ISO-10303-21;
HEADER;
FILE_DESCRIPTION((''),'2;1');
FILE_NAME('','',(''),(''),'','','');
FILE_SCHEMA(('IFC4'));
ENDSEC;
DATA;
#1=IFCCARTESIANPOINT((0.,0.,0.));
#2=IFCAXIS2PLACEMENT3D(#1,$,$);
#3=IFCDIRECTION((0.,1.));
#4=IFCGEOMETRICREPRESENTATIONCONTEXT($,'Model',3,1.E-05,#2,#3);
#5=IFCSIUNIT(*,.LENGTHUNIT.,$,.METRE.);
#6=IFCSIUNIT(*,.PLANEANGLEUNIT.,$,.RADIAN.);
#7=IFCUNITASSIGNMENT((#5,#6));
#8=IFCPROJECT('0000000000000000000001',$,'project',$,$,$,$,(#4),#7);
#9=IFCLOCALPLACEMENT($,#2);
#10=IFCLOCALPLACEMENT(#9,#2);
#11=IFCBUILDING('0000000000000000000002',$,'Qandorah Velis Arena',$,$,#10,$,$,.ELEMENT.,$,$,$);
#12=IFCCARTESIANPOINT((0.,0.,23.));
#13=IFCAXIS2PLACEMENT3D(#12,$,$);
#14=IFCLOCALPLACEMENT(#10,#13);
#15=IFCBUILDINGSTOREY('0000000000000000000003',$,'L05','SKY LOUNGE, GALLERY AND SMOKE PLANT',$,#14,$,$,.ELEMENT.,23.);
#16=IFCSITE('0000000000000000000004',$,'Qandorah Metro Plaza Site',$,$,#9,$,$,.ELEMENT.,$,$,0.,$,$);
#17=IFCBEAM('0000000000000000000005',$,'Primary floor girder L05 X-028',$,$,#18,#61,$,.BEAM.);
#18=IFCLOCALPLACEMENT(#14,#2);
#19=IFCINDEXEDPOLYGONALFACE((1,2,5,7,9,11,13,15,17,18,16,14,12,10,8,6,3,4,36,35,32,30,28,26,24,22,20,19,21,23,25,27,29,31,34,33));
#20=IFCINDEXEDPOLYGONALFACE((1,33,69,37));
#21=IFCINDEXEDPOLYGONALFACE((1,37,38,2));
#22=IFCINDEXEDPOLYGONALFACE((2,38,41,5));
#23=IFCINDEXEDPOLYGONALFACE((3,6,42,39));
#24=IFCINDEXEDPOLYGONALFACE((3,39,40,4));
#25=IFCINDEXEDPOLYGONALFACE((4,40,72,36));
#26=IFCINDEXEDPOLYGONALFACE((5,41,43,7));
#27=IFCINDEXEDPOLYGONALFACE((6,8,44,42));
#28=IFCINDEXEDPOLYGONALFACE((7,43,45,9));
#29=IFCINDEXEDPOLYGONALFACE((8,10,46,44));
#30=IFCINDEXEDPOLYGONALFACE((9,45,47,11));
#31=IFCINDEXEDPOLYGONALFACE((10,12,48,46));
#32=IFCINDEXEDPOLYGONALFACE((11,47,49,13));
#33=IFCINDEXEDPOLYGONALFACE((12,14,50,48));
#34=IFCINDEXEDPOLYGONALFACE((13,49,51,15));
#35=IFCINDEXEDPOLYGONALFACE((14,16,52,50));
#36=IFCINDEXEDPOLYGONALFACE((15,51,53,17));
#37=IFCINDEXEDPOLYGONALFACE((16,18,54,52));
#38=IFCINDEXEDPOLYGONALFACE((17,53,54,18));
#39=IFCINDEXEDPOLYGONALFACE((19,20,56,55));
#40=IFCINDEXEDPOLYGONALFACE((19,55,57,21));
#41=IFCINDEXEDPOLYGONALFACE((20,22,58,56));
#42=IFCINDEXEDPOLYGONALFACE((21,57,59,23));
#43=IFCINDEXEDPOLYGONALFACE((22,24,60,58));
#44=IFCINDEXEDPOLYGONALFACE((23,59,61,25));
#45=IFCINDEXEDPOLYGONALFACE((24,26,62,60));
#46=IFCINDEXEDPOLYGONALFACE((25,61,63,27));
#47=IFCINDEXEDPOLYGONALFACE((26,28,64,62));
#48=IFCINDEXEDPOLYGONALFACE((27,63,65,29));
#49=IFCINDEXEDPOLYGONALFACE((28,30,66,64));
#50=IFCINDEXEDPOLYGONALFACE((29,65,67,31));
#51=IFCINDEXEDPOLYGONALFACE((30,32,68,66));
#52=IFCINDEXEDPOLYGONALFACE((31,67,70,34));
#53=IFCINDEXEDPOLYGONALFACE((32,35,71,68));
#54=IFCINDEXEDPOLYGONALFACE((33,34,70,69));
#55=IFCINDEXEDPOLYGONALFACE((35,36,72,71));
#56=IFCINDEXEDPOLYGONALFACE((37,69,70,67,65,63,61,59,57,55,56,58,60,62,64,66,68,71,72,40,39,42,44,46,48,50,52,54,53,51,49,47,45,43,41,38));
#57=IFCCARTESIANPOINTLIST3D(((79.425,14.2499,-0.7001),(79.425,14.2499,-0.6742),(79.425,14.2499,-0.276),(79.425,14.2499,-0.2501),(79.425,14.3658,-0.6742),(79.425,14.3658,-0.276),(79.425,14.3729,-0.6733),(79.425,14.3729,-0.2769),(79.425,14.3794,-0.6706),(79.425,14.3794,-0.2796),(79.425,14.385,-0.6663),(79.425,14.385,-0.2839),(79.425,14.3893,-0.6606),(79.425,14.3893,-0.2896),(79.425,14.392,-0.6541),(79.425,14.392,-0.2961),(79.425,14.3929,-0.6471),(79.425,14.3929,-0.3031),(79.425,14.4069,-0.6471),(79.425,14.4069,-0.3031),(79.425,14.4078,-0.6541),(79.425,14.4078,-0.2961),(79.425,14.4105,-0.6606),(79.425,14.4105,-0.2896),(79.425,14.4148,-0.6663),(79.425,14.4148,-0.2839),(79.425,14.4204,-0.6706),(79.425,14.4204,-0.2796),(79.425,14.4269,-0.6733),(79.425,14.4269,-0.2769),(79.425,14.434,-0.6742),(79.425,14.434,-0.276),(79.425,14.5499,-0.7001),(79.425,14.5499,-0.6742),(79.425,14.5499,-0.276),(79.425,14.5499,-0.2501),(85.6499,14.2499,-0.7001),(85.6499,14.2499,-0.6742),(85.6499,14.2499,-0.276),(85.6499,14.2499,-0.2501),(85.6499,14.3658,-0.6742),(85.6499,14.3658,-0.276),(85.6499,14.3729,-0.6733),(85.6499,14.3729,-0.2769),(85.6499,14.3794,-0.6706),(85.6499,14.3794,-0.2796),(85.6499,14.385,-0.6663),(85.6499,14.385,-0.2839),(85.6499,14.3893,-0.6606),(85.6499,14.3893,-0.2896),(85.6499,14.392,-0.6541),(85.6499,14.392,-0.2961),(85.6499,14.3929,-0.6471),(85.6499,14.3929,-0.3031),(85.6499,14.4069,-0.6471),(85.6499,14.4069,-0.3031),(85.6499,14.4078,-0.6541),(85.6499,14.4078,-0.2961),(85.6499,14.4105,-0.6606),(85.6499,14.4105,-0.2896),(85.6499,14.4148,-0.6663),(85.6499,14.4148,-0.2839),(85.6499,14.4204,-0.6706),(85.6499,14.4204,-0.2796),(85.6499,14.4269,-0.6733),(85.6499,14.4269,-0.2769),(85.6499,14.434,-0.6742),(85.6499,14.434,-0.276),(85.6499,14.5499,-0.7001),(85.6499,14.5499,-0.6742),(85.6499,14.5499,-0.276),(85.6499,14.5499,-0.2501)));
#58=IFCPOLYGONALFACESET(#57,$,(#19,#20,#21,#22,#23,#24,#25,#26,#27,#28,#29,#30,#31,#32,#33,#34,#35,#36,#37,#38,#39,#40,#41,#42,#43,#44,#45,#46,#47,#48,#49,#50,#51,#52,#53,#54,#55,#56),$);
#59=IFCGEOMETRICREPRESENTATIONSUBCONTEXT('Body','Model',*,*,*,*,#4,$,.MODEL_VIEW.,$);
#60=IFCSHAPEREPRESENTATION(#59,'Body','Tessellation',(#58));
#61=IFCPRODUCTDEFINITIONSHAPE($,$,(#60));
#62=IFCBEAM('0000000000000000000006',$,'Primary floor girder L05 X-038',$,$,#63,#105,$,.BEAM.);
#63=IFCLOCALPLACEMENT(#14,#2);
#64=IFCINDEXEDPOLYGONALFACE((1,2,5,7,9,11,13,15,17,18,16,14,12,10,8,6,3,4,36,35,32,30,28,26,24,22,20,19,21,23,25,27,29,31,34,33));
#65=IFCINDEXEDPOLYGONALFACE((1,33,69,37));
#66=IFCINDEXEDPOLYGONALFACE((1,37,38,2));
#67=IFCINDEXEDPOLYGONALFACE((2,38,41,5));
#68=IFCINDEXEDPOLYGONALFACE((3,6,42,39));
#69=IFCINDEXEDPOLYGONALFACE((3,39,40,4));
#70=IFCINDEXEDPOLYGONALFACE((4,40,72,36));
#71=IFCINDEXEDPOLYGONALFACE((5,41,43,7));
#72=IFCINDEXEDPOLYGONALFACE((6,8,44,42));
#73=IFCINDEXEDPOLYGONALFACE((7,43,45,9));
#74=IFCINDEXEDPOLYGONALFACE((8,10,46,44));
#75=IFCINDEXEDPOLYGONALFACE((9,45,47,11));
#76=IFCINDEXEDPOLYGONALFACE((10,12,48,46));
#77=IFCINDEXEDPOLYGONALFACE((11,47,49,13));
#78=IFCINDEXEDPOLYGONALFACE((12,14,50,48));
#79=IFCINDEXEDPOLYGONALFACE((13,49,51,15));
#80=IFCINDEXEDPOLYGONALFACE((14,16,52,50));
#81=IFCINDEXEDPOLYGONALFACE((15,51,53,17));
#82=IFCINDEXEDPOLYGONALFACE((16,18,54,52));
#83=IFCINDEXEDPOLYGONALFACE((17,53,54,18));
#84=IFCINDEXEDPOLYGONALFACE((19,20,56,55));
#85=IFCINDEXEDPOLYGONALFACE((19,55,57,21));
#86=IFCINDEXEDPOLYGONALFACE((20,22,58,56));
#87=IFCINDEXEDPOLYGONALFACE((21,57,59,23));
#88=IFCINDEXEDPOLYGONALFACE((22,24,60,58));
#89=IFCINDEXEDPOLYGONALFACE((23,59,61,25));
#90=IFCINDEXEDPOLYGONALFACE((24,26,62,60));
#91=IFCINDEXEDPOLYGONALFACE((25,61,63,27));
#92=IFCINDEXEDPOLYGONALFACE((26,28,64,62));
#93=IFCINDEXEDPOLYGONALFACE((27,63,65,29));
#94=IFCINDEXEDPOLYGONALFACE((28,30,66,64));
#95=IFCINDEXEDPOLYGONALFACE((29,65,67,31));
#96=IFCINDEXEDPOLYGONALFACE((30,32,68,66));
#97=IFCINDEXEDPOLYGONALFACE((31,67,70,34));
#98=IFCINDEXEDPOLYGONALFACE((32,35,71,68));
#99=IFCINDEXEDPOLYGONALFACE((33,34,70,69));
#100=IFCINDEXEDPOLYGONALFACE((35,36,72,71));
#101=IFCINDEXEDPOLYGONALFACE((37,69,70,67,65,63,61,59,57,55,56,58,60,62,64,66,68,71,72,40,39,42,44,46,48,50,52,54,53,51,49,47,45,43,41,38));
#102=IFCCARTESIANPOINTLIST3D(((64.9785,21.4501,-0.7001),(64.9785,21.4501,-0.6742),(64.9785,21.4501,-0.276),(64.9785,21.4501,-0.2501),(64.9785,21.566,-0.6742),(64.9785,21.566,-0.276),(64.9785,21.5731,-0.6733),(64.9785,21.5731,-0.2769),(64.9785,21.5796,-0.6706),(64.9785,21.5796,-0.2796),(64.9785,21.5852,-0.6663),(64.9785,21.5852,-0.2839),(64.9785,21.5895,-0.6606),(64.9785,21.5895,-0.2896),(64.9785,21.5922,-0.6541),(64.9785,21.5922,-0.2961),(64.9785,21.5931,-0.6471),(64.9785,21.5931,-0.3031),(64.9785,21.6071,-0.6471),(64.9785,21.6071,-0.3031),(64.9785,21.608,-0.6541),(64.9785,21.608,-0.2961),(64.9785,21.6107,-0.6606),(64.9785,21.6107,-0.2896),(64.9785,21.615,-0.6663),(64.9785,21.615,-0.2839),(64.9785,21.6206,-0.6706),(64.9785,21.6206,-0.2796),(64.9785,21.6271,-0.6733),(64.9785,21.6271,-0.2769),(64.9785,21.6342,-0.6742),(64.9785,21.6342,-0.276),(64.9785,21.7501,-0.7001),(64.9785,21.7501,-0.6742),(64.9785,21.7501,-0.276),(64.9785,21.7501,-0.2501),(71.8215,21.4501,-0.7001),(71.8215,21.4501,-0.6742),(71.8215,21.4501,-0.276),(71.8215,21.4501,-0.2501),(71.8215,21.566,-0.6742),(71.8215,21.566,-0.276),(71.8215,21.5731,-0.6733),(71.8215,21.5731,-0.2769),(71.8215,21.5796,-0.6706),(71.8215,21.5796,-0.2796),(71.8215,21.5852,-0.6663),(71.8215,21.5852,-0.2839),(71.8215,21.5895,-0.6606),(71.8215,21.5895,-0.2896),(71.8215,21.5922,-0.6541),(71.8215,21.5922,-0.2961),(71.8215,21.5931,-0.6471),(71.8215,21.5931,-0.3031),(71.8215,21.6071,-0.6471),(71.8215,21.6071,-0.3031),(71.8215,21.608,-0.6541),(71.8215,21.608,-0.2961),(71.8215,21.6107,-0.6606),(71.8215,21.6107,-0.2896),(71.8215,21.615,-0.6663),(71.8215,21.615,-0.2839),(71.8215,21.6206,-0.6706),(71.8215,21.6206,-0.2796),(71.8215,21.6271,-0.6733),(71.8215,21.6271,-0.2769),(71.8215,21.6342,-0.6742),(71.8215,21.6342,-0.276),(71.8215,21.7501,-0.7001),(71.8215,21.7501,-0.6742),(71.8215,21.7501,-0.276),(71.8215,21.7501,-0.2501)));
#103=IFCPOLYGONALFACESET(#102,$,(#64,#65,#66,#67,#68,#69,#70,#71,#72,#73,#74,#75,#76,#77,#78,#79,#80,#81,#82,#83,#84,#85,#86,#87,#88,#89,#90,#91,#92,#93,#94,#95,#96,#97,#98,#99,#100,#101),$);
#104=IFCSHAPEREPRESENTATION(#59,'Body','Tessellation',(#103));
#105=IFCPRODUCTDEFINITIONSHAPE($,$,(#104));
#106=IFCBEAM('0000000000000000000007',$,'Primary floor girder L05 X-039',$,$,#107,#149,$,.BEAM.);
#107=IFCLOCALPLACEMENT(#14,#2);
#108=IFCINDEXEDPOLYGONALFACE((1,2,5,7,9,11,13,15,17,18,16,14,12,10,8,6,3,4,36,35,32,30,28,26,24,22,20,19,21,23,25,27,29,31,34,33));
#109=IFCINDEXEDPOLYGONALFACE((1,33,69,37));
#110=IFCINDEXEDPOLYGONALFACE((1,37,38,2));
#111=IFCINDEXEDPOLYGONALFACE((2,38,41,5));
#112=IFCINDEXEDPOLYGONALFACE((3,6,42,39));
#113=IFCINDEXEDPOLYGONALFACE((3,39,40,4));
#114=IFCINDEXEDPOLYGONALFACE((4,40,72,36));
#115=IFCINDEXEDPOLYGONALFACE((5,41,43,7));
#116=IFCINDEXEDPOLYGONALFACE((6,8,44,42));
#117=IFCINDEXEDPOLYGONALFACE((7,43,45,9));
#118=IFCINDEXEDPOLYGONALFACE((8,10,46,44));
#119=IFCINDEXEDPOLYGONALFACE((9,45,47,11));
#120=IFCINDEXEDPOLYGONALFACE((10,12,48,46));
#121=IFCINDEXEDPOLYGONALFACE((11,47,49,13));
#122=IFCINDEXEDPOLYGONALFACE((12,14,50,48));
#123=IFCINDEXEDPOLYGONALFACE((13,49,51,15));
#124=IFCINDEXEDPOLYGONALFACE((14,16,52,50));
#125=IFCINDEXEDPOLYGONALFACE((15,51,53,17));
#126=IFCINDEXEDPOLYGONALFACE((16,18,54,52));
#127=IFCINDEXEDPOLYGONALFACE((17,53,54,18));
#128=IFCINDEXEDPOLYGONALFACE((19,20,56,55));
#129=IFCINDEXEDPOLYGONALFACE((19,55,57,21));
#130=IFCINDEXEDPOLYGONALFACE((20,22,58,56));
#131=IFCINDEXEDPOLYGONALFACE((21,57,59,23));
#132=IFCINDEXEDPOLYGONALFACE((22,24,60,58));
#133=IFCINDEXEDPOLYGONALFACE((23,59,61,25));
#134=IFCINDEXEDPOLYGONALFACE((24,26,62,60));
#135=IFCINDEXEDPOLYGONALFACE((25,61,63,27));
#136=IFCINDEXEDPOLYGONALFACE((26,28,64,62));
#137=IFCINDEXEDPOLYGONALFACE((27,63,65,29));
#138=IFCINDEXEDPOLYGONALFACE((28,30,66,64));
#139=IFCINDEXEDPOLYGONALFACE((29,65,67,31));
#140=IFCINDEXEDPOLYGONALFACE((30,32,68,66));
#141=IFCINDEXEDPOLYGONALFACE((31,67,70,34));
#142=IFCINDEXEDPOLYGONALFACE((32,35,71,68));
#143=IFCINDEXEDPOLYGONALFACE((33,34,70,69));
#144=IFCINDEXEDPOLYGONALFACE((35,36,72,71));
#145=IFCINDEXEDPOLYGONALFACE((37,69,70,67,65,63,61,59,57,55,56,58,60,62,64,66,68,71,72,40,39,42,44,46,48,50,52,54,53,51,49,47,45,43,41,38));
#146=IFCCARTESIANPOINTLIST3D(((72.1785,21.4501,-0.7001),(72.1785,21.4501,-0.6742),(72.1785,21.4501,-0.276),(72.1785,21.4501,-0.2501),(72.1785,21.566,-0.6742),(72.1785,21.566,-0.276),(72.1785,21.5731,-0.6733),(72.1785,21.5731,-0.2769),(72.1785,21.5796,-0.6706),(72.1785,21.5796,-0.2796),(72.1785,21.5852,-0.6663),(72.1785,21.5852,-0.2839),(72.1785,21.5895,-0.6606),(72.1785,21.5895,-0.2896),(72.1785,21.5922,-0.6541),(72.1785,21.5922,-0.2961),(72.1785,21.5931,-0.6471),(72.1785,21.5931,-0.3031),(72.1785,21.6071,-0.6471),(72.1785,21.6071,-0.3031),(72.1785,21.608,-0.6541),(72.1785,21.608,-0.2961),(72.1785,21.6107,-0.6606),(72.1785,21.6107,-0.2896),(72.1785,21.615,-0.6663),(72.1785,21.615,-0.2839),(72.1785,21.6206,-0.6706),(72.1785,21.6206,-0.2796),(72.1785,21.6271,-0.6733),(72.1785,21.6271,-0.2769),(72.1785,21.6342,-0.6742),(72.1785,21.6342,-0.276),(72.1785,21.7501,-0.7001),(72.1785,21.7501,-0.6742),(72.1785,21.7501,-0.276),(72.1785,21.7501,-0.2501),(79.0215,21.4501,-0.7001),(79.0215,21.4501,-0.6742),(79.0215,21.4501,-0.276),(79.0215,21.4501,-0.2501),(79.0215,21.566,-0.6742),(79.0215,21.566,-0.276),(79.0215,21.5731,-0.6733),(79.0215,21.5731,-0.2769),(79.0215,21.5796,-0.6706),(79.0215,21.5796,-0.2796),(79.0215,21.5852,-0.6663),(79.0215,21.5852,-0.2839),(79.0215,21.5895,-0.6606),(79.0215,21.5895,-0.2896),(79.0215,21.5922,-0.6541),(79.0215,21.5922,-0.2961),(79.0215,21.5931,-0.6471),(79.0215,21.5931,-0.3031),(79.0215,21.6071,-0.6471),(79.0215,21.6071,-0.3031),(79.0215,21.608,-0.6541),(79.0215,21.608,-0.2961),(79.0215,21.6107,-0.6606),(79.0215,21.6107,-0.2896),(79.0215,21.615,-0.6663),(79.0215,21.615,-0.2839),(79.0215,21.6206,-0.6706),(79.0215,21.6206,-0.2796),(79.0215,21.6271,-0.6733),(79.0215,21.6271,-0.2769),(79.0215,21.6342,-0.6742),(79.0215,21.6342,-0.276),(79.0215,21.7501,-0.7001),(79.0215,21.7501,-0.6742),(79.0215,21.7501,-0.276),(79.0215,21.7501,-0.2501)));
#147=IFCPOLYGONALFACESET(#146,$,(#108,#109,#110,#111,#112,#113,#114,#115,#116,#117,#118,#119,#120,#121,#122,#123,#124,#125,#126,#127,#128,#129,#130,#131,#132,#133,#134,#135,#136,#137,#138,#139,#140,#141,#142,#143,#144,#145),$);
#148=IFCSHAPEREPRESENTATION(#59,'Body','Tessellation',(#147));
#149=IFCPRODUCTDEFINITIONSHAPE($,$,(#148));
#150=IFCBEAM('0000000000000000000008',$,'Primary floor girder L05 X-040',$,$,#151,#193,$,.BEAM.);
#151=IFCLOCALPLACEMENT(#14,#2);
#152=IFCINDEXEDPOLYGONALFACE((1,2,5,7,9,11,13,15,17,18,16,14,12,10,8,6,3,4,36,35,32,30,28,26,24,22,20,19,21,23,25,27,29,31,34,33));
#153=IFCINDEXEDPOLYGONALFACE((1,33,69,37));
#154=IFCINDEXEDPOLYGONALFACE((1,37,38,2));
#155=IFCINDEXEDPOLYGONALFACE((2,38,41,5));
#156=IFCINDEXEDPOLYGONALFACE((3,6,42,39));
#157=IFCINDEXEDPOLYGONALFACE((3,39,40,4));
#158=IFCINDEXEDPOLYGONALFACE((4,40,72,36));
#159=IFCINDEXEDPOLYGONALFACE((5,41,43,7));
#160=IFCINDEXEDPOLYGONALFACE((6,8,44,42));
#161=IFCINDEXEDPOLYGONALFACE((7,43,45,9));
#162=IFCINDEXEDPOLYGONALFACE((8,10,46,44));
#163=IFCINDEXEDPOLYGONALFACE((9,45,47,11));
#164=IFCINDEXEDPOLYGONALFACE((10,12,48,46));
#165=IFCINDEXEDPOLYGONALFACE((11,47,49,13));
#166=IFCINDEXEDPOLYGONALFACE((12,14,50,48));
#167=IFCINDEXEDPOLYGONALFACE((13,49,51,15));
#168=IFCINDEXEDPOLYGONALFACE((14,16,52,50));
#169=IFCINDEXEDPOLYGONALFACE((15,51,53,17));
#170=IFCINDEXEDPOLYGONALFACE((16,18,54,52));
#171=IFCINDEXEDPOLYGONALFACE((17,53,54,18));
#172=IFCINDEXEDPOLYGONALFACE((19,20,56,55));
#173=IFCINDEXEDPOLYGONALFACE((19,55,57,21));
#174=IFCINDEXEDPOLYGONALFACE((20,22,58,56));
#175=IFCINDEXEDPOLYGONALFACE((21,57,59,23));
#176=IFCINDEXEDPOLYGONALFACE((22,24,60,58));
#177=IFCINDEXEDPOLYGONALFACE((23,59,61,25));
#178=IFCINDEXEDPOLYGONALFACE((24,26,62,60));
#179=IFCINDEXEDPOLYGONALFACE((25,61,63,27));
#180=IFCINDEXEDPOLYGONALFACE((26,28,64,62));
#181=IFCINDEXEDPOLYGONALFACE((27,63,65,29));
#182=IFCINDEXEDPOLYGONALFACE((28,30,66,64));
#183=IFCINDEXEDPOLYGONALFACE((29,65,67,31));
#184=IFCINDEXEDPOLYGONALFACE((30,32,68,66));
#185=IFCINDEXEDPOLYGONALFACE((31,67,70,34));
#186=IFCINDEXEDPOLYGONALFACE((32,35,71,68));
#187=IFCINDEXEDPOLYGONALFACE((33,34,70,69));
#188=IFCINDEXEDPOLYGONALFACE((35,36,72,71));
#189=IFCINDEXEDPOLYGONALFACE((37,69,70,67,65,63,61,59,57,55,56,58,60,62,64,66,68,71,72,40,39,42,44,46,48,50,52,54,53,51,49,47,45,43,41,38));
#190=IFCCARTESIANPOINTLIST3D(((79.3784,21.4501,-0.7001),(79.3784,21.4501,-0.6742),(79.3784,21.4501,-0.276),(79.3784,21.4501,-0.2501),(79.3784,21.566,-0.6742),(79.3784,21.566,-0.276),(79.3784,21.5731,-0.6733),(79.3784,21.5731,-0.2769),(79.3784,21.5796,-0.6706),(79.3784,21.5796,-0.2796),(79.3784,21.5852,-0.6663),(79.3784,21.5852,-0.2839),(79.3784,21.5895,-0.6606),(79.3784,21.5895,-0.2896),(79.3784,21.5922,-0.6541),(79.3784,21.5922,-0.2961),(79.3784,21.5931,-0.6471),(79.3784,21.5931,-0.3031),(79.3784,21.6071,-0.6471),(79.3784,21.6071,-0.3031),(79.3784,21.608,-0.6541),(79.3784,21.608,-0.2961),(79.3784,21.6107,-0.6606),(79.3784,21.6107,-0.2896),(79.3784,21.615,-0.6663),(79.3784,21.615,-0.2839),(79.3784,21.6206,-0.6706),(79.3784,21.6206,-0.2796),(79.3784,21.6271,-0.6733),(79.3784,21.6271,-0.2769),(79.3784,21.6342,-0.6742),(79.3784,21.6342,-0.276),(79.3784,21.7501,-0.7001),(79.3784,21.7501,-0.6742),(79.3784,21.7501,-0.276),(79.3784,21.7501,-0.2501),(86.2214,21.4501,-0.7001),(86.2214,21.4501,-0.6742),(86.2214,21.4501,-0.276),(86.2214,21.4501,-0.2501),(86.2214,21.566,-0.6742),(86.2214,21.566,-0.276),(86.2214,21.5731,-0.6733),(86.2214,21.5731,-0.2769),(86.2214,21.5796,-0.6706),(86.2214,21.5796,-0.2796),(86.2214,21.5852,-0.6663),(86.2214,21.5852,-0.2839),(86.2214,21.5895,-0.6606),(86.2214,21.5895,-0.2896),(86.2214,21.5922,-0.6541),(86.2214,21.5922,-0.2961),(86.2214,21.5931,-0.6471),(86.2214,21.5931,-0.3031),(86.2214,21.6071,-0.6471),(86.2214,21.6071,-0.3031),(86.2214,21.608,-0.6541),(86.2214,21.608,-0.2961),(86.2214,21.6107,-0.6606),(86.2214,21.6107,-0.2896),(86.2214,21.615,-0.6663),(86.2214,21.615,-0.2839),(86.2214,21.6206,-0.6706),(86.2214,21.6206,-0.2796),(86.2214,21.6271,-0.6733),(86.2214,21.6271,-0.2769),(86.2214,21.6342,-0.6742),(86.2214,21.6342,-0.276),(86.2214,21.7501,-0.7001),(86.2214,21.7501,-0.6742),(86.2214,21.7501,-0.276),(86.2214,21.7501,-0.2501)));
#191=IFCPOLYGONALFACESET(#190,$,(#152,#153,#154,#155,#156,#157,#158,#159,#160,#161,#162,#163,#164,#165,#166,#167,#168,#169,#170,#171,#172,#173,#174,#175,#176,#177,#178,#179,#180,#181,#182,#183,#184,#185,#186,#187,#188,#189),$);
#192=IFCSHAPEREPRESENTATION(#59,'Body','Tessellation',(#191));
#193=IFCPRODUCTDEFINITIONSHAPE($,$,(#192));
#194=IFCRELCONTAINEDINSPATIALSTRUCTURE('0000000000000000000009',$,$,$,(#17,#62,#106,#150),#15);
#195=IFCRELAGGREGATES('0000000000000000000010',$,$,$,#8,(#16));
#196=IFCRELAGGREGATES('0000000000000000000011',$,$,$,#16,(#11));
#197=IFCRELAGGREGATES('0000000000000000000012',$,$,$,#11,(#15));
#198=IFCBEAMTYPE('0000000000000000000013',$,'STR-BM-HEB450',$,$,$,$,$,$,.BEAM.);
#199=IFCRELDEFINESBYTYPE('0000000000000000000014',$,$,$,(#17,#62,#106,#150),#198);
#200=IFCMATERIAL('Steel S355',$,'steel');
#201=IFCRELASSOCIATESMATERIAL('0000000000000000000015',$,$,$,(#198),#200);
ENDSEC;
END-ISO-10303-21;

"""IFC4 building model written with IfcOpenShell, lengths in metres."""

from ifc_helpers import new_model, si_unit, direction, frame, origin, origin_2d, place, context, subcontext, project, spatial, i_section, extrude, material, material_profile, profile_set, type_object, element, save


model = new_model("IFC4")

# Units and contexts
model_context = context("Model", 3, precision=1e-05, world=origin(), true_north=direction((0.0, 1.0)))
body_context = subcontext(model_context, "Body", "Model", "MODEL_VIEW")
ifc_project = project(units=[si_unit("LENGTHUNIT", "METRE"), si_unit("PLANEANGLEUNIT", "RADIAN")], contexts=[model_context])

# Site, building, storey
site_placement = place(None, origin())
site = spatial("IfcSite", under=ifc_project, at=site_placement, Name="Qandorah Metro Plaza Site", CompositionType="ELEMENT", RefElevation=0.0)
building_placement = place(site_placement, origin())
building = spatial("IfcBuilding", under=site, at=building_placement, Name="Qandorah Velis Arena", CompositionType="ELEMENT")
storey_placement = place(building_placement, frame((0.0, 0.0, 23.0)))
storey = spatial("IfcBuildingStorey", under=building, at=storey_placement, Name="L05", Description="SKY LOUNGE, GALLERY AND SMOKE PLANT", CompositionType="ELEMENT", Elevation=23.0)

# Beams
ifc_material_1 = material(Name="Steel S355", Category="steel")
ifc_material_profile_1 = material_profile(ifc_material_1, i_section(OverallWidth=0.3, OverallDepth=0.45, WebThickness=0.0139, FlangeThickness=0.0259, FilletRadius=0.0271, at=origin_2d()), Name="HEB 450")
ifc_profile_set_1 = profile_set([ifc_material_profile_1], Name="Steel S355")
beam_type_1 = type_object("IfcBeamType", Name="STR-BM-HEB450", PredefinedType="BEAM", material=ifc_profile_set_1)
beam_1_placement = place(storey_placement, frame((79.425, 14.3999, -0.4751), z_axis=(1.0, 0.0, 0.0), x_axis=(0.0, 1.0, 0.0)))
element("IfcBeam", 1, at=beam_1_placement, inside=storey, type_object=beam_type_1, Name="Primary floor girder L05 X-028", PredefinedType="BEAM", context=body_context, shape_type="SweptSolid", body=[
    extrude(i_section(OverallWidth=0.3, OverallDepth=0.45, WebThickness=0.0139, FlangeThickness=0.0259, FilletRadius=0.0271, at=origin_2d()), origin(), (0.0, 0.0, 1.0), 6.2249),
])
for number, where, z_axis, x_axis, name in (
    (2, (64.9785, 21.6001, -0.4751), (1.0, 0.0, 0.0), (0.0, 1.0, 0.0), "Primary floor girder L05 X-038"),
    (3, (72.1785, 21.6001, -0.4751), (1.0, 0.0, 0.0), (0.0, 1.0, 0.0), "Primary floor girder L05 X-039"),
    (4, (79.3784, 21.6001, -0.4751), (1.0, 0.0, 0.0), (0.0, 1.0, 0.0), "Primary floor girder L05 X-040"),
):
    element("IfcBeam", number, at=place(storey_placement, frame(where, z_axis=z_axis, x_axis=x_axis)), inside=storey, type_object=beam_type_1, Name=name, PredefinedType="BEAM", context=body_context, shape_type="SweptSolid", body=[
        extrude(i_section(OverallWidth=0.3, OverallDepth=0.45, WebThickness=0.0139, FlangeThickness=0.0259, FilletRadius=0.0271, at=origin_2d()), origin(), (0.0, 0.0, 1.0), 6.843),
    ])

save(model, "model.ifc")
